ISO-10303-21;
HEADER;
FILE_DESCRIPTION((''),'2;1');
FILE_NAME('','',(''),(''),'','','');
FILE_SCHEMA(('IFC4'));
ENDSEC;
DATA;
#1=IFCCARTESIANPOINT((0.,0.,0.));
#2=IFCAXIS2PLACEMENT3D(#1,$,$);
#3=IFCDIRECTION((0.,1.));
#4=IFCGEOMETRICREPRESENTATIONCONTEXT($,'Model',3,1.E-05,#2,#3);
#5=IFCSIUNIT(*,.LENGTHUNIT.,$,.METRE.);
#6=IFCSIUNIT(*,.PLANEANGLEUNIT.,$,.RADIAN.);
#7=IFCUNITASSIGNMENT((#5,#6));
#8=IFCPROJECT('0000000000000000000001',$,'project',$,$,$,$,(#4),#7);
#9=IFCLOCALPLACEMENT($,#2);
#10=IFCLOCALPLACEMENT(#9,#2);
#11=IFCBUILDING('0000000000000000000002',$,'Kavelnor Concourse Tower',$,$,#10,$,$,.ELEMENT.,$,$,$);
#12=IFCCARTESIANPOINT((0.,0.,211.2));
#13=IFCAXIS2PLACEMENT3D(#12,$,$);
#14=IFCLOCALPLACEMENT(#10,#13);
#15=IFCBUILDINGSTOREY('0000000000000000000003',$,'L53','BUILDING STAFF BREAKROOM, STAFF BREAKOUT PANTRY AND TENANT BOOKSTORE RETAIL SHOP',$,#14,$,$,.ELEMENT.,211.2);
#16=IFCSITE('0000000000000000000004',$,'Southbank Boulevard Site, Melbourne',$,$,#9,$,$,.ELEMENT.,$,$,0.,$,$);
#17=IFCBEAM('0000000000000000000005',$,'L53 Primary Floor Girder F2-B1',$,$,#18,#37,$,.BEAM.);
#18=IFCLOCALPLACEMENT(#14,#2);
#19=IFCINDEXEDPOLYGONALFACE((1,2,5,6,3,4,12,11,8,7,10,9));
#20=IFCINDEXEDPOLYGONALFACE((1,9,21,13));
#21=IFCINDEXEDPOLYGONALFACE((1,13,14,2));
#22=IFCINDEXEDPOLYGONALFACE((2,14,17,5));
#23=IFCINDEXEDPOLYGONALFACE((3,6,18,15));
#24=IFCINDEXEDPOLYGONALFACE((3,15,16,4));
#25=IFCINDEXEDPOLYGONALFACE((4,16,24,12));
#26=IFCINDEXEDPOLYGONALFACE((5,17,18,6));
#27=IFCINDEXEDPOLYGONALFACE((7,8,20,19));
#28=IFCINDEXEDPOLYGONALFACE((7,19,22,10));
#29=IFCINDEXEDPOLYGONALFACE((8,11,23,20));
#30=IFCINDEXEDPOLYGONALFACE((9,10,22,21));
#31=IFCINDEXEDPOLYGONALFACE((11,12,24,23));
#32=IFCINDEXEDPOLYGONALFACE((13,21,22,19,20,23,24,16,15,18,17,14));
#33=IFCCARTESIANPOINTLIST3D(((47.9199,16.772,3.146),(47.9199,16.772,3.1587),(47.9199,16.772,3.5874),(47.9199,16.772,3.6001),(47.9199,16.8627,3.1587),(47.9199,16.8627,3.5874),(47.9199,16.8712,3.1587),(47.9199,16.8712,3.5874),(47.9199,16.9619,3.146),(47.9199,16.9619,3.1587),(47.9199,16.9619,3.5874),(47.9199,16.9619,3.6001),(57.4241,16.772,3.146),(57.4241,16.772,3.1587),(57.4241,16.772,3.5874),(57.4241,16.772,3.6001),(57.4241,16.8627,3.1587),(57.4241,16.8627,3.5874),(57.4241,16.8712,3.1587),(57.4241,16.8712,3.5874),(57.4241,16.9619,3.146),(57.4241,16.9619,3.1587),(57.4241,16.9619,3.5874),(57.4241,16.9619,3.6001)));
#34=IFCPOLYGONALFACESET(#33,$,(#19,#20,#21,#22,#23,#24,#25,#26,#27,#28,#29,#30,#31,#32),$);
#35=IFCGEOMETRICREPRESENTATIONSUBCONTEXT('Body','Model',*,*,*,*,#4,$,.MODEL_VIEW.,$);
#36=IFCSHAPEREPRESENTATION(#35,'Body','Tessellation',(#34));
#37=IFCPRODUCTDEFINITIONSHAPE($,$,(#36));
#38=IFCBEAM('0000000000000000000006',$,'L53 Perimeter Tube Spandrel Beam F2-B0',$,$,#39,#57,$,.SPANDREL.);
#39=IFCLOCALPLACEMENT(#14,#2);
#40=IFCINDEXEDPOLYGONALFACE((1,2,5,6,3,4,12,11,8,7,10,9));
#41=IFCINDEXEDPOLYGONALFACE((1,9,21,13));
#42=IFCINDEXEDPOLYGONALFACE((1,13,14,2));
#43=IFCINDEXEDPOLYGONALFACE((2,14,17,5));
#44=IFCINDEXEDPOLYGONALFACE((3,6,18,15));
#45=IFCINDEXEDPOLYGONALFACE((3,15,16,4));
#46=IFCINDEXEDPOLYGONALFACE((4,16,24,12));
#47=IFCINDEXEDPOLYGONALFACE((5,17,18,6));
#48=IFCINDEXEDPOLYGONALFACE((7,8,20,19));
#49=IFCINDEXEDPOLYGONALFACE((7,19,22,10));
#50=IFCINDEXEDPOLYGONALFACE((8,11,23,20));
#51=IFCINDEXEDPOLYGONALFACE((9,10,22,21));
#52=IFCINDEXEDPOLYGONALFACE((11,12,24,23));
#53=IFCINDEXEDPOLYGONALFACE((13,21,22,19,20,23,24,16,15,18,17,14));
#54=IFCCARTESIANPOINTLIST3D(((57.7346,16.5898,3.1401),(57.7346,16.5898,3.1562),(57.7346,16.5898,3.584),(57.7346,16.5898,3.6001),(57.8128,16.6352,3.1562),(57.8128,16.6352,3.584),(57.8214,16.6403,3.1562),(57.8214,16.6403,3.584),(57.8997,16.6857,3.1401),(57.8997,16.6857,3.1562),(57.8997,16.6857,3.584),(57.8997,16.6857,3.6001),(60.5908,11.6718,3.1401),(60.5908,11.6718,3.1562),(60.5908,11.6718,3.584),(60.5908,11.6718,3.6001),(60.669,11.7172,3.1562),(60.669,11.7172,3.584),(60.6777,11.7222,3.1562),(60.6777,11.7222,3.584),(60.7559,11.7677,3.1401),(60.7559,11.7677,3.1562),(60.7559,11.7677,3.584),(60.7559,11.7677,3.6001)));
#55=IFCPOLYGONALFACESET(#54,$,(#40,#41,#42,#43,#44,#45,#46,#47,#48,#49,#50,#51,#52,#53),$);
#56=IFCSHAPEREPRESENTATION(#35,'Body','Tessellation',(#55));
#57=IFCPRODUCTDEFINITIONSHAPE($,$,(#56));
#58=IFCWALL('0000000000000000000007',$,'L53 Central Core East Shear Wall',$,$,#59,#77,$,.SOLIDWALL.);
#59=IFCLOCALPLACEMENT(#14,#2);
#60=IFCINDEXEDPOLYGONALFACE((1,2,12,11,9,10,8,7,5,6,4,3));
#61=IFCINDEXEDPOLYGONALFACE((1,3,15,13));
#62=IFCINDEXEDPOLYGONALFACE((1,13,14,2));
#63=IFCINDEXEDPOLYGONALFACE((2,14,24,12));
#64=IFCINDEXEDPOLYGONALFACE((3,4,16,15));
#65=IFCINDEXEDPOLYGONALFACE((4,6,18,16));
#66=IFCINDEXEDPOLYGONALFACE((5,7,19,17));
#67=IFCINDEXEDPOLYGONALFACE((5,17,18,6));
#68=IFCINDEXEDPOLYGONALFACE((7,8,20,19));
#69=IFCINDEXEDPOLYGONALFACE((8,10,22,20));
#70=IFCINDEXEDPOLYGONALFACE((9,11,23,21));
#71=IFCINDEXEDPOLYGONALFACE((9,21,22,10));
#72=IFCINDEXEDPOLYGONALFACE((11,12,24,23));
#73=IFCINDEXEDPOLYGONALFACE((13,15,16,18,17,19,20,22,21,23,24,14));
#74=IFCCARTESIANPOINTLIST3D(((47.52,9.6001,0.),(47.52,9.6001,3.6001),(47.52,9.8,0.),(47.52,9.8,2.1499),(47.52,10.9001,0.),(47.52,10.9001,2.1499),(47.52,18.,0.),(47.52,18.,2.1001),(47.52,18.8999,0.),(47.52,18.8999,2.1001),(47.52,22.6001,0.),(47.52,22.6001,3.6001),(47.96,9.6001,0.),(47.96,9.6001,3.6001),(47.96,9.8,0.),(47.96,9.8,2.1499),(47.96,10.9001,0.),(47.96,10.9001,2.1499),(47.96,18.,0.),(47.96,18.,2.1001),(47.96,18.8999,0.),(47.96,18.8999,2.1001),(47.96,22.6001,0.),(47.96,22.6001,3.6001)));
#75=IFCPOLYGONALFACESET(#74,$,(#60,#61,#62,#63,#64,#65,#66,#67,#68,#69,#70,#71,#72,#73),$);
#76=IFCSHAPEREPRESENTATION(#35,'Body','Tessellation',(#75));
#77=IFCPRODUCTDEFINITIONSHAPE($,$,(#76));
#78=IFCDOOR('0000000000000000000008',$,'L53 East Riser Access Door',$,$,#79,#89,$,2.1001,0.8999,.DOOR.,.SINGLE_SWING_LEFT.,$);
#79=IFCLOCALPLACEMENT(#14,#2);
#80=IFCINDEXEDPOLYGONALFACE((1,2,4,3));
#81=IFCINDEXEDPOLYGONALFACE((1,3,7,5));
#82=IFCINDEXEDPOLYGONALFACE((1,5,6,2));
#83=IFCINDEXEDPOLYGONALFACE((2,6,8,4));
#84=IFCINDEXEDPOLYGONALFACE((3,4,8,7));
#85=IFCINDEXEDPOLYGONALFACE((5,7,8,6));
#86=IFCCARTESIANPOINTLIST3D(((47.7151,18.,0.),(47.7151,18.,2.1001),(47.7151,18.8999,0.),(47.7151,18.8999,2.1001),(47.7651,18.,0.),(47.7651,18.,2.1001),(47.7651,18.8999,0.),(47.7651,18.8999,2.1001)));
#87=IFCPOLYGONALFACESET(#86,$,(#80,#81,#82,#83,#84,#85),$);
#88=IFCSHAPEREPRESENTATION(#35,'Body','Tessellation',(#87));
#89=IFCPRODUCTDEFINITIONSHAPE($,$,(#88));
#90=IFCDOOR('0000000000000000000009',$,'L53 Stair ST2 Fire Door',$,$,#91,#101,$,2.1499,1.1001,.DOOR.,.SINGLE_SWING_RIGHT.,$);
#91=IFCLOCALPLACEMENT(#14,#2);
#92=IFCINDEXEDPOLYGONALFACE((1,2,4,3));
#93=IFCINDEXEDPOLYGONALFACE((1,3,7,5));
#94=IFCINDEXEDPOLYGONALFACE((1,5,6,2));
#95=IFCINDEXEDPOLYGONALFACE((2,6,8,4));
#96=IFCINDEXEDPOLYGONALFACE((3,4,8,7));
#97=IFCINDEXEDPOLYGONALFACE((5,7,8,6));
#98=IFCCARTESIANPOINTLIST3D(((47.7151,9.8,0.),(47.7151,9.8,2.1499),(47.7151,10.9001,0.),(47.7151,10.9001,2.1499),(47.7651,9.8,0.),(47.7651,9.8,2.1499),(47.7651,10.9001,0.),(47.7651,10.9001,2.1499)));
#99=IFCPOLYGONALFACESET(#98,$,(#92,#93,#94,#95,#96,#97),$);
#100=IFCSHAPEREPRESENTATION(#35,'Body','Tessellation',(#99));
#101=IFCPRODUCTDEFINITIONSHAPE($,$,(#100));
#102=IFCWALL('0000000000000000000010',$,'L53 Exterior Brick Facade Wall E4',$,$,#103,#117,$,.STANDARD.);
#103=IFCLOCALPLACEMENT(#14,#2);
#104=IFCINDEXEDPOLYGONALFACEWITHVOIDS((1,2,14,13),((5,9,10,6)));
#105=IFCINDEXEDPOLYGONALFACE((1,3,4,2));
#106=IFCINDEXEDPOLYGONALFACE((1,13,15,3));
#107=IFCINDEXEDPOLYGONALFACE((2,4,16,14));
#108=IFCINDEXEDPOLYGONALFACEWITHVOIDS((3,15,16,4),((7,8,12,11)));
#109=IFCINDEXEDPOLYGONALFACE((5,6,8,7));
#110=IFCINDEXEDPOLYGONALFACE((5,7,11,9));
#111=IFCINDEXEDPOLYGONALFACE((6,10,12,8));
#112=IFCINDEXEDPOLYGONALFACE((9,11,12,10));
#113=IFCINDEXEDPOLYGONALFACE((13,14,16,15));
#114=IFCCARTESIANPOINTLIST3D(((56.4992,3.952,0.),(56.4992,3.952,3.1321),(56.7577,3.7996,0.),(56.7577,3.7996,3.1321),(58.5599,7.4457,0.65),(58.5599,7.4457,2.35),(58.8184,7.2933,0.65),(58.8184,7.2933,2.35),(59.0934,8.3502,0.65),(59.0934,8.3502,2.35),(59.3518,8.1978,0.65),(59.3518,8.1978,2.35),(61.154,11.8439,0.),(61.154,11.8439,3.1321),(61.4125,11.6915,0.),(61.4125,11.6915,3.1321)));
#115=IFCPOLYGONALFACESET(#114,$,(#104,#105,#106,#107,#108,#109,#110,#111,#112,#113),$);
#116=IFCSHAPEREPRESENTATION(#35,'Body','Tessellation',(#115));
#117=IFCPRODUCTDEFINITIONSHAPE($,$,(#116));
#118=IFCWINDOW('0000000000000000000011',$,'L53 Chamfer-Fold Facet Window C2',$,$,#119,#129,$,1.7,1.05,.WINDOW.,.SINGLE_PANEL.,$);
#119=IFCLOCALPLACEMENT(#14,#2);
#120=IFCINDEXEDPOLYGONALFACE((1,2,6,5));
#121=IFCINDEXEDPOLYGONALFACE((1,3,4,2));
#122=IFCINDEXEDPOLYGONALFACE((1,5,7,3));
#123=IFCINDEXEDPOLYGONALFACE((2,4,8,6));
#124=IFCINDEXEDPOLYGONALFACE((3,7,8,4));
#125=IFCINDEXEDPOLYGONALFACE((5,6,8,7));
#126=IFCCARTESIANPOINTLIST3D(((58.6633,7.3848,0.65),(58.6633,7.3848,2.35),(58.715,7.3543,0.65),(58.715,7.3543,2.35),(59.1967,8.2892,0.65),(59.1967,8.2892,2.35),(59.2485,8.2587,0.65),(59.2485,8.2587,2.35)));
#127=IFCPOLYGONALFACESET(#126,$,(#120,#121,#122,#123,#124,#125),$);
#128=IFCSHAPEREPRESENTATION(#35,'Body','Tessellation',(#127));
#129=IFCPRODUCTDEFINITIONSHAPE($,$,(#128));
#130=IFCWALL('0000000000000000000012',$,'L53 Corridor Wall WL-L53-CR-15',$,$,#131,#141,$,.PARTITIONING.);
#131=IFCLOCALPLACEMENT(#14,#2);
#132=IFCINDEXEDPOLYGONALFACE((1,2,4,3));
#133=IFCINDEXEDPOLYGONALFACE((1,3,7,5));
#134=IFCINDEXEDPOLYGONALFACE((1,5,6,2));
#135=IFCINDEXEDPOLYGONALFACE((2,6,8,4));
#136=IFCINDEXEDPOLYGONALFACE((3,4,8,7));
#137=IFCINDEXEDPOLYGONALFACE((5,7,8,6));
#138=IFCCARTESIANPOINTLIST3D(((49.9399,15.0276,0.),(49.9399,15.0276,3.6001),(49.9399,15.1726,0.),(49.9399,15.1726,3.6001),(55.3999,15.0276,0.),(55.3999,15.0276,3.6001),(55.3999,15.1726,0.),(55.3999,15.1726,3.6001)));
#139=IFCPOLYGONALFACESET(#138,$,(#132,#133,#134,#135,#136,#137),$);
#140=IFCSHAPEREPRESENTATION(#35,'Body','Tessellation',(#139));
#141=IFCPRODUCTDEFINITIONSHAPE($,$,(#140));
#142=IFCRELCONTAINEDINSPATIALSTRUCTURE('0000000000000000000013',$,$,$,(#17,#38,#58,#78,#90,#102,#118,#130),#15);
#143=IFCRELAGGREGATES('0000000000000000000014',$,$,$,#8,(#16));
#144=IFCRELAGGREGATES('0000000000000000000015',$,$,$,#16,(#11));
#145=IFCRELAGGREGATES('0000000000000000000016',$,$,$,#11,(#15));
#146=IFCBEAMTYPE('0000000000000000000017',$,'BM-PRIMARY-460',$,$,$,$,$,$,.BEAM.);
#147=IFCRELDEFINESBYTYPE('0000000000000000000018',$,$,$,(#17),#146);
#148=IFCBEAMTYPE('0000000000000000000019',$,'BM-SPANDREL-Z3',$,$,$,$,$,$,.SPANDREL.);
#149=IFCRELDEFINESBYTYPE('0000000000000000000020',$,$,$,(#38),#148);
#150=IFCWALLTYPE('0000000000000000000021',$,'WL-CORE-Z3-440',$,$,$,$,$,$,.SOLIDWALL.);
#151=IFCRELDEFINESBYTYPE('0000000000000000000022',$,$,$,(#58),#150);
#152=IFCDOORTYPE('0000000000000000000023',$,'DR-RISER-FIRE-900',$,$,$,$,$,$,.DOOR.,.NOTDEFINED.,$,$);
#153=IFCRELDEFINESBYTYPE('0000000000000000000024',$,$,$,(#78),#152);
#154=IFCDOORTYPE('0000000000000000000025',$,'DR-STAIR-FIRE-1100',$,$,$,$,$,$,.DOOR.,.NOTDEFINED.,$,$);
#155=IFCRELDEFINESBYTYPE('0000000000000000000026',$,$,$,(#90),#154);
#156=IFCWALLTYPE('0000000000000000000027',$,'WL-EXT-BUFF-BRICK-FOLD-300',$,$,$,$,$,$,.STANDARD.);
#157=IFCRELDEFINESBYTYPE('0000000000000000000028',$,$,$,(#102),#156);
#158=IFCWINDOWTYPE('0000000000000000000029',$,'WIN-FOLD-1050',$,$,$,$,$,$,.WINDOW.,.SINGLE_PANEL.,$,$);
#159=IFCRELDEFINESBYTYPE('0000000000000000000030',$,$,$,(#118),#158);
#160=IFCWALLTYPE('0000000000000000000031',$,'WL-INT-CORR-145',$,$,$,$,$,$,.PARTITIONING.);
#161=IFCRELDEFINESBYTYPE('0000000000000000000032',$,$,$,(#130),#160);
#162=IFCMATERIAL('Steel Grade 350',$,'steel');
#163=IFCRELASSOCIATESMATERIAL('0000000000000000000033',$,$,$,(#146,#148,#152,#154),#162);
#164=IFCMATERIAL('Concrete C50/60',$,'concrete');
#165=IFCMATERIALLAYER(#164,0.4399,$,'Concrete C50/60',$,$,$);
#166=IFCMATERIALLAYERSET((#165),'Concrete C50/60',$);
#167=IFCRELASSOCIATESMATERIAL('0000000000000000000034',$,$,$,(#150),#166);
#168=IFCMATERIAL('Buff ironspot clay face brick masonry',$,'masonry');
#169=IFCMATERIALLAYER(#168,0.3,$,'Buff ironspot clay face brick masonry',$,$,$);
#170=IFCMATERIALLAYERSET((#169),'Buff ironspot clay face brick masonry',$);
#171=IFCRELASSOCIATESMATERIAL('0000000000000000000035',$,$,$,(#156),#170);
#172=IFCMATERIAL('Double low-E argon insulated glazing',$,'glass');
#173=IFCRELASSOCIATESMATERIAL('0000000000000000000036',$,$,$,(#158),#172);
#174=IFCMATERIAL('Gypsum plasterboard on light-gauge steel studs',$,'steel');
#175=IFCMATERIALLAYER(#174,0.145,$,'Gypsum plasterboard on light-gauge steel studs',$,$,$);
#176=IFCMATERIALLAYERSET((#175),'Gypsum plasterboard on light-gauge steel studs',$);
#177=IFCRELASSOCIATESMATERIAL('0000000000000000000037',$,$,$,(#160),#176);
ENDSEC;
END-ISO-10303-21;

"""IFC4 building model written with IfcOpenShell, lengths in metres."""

from ifc_helpers import new_model, si_unit, direction, frame, frame_2d, origin, origin_2d, place, context, subcontext, project, spatial, rectangle, i_section, extrude, material, layer, layer_set, material_profile, profile_set, type_object, element, fill, save


model = new_model("IFC4")

# Units and contexts
model_context = context("Model", 3, precision=1e-05, world=origin(), true_north=direction((0.0, 1.0)))
body_context = subcontext(model_context, "Body", "Model", "MODEL_VIEW")
ifc_project = project(units=[si_unit("LENGTHUNIT", "METRE"), si_unit("PLANEANGLEUNIT", "RADIAN")], contexts=[model_context])

# Site, building, storey
site_placement = place(None, origin())
site = spatial("IfcSite", under=ifc_project, at=site_placement, Name="Southbank Boulevard Site, Melbourne", CompositionType="ELEMENT", RefElevation=0.0)
building_placement = place(site_placement, origin())
building = spatial("IfcBuilding", under=site, at=building_placement, Name="Kavelnor Concourse Tower", CompositionType="ELEMENT")
storey_placement = place(building_placement, frame((0.0, 0.0, 211.2)))
storey = spatial("IfcBuildingStorey", under=building, at=storey_placement, Name="L53", Description="BUILDING STAFF BREAKROOM, STAFF BREAKOUT PANTRY AND TENANT BOOKSTORE RETAIL SHOP", CompositionType="ELEMENT", Elevation=211.2)

# Shared definitions
ifc_material_1 = material(Name="Steel Grade 350", Category="steel")

# Beams
ifc_material_profile_1 = material_profile(ifc_material_1, i_section(OverallWidth=0.1899, OverallDepth=0.4541, WebThickness=0.0085, FlangeThickness=0.0127, at=origin_2d()), Name="460UB67")
ifc_profile_set_1 = profile_set([ifc_material_profile_1], Name="Steel Grade 350")
beam_type_1 = type_object("IfcBeamType", Name="BM-PRIMARY-460", PredefinedType="BEAM", material=ifc_profile_set_1)
beam_1_placement = place(storey_placement, frame((47.9199, 16.8669, 3.373), z_axis=(1.0, 0.0, 0.0), x_axis=(0.0, 1.0, 0.0)))
element("IfcBeam", 1, at=beam_1_placement, inside=storey, type_object=beam_type_1, Name="L53 Primary Floor Girder F2-B1", PredefinedType="BEAM", context=body_context, shape_type="SweptSolid", body=[
    extrude(i_section(OverallWidth=0.1899, OverallDepth=0.4541, WebThickness=0.0085, FlangeThickness=0.0127, at=origin_2d()), origin(), (0.0, 0.0, 1.0), 9.5042),
])
ifc_material_profile_2 = material_profile(ifc_material_1, i_section(OverallWidth=0.1909, OverallDepth=0.46, WebThickness=0.01, FlangeThickness=0.0161, at=origin_2d()), Name="460UB82")
ifc_profile_set_2 = profile_set([ifc_material_profile_2], Name="Steel Grade 350")
beam_type_2 = type_object("IfcBeamType", Name="BM-SPANDREL-Z3", PredefinedType="SPANDREL", material=ifc_profile_set_2)
beam_2_placement = place(storey_placement, frame((60.6733, 11.7197, 3.3701), z_axis=(-0.502215, 0.864743, 0.0), x_axis=(-0.864743, -0.502215, 0.0)))
element("IfcBeam", 2, at=beam_2_placement, inside=storey, type_object=beam_type_2, Name="L53 Perimeter Tube Spandrel Beam F2-B0", PredefinedType="SPANDREL", context=body_context, shape_type="SweptSolid", body=[
    extrude(i_section(OverallWidth=0.1909, OverallDepth=0.46, WebThickness=0.01, FlangeThickness=0.0161, at=origin_2d()), origin(), (0.0, 0.0, 1.0), 5.6873),
])

# Wall, openings, doors
ifc_material_2 = material(Name="Concrete C50/60", Category="concrete")
ifc_layer_1 = layer(ifc_material_2, 0.4399, Name="Concrete C50/60")
ifc_layer_set_1 = layer_set([ifc_layer_1], Name="Concrete C50/60")
wall_type_1 = type_object("IfcWallType", Name="WL-CORE-Z3-440", PredefinedType="SOLIDWALL", material=ifc_layer_set_1)
wall_1_placement = place(storey_placement, frame((47.74, 9.6001, 0.0), z_axis=(0.0, 0.0, 1.0), x_axis=(0.0, 1.0, 0.0)))
wall_1 = element("IfcWall", 3, at=wall_1_placement, inside=storey, type_object=wall_type_1, Name="L53 Central Core East Shear Wall", PredefinedType="SOLIDWALL", context=body_context, shape_type="SweptSolid", body=[
    extrude(rectangle(XDim=13.0, YDim=0.4399, at=frame_2d((6.5, 0.0))), origin(), (0.0, 0.0, 1.0), 3.6001),
])
opening_1_placement = place(wall_1_placement, frame((0.2, 0.0, 0.0)))
opening_1 = element("IfcOpeningElement", 4, at=opening_1_placement, cuts=wall_1, PredefinedType="OPENING", context=body_context, shape_type="SweptSolid", body=[
    extrude(rectangle(XDim=1.1001, YDim=2.1499, at=frame_2d((0.55, 1.075))), frame((0.0, 0.23, 0.0), z_axis=(0.0, -1.0, 0.0), x_axis=(1.0, 0.0, 0.0)), (0.0, 0.0, 1.0), 0.46),
])
opening_2_placement = place(wall_1_placement, frame((8.3999, 0.0, 0.0)))
opening_2 = element("IfcOpeningElement", 5, at=opening_2_placement, cuts=wall_1, PredefinedType="OPENING", context=body_context, shape_type="SweptSolid", body=[
    extrude(rectangle(XDim=0.8999, YDim=2.1001, at=frame_2d((0.45, 1.05))), frame((0.0, 0.23, 0.0), z_axis=(0.0, -1.0, 0.0), x_axis=(1.0, 0.0, 0.0)), (0.0, 0.0, 1.0), 0.46),
])
door_type_1 = type_object("IfcDoorType", Name="DR-RISER-FIRE-900", OperationType="NOTDEFINED", PredefinedType="DOOR", material=ifc_material_1)
door_1_placement = place(opening_2_placement, origin())
door_1 = element("IfcDoor", 6, at=door_1_placement, inside=storey, type_object=door_type_1, Name="L53 East Riser Access Door", OperationType="SINGLE_SWING_LEFT", OverallHeight=2.1001, OverallWidth=0.8999, PredefinedType="DOOR", context=body_context, shape_type="SweptSolid", body=[
    extrude(rectangle(XDim=0.8999, YDim=2.1001, at=frame_2d((0.45, 1.05))), frame((0.0, 0.0249, 0.0), z_axis=(0.0, -1.0, 0.0), x_axis=(1.0, 0.0, 0.0)), (0.0, 0.0, 1.0), 0.05),
])
fill(opening_2, door_1)
door_type_2 = type_object("IfcDoorType", Name="DR-STAIR-FIRE-1100", OperationType="NOTDEFINED", PredefinedType="DOOR", material=ifc_material_1)
door_2_placement = place(opening_1_placement, origin())
door_2 = element("IfcDoor", 7, at=door_2_placement, inside=storey, type_object=door_type_2, Name="L53 Stair ST2 Fire Door", OperationType="SINGLE_SWING_RIGHT", OverallHeight=2.1499, OverallWidth=1.1001, PredefinedType="DOOR", context=body_context, shape_type="SweptSolid", body=[
    extrude(rectangle(XDim=1.1001, YDim=2.1499, at=frame_2d((0.55, 1.075))), frame((0.0, 0.0249, 0.0), z_axis=(0.0, -1.0, 0.0), x_axis=(1.0, 0.0, 0.0)), (0.0, 0.0, 1.0), 0.05),
])
fill(opening_1, door_2)

# Wall, opening, window
ifc_material_3 = material(Name="Buff ironspot clay face brick masonry", Category="masonry")
ifc_layer_2 = layer(ifc_material_3, 0.3, Name="Buff ironspot clay face brick masonry")
ifc_layer_set_2 = layer_set([ifc_layer_2], Name="Buff ironspot clay face brick masonry")
wall_type_2 = type_object("IfcWallType", Name="WL-EXT-BUFF-BRICK-FOLD-300", PredefinedType="STANDARD", material=ifc_layer_set_2)
wall_2_placement = place(storey_placement, frame((61.2832, 11.7676, 0.0), z_axis=(0.0, 0.0, 1.0), x_axis=(-0.508035, -0.861336, 0.0)))
wall_2 = element("IfcWall", 8, at=wall_2_placement, inside=storey, type_object=wall_type_2, Name="L53 Exterior Brick Facade Wall E4", PredefinedType="STANDARD", context=body_context, shape_type="SweptSolid", body=[
    extrude(rectangle(XDim=9.1624, YDim=0.3, at=frame_2d((4.5811, 0.0))), origin(), (0.0, 0.0, 1.0), 3.1321),
])
opening_3_placement = place(wall_2_placement, frame((4.0562, 0.0, 0.6499)))
opening_3 = element("IfcOpeningElement", 9, at=opening_3_placement, cuts=wall_2, PredefinedType="OPENING", context=body_context, shape_type="SweptSolid", body=[
    extrude(rectangle(XDim=1.05, YDim=1.7, at=frame_2d((0.5249, 0.8501))), frame((0.0, 0.1602, 0.0), z_axis=(0.0, -1.0, 0.0), x_axis=(1.0, 0.0, 0.0)), (0.0, 0.0, 1.0), 0.3201),
])
ifc_material_4 = material(Name="Double low-E argon insulated glazing", Category="glass")
window_type = type_object("IfcWindowType", Name="WIN-FOLD-1050", PartitioningType="SINGLE_PANEL", PredefinedType="WINDOW", material=ifc_material_4)
window_placement = place(opening_3_placement, origin())
window = element("IfcWindow", 10, at=window_placement, inside=storey, type_object=window_type, Name="L53 Chamfer-Fold Facet Window C2", OverallHeight=1.7, OverallWidth=1.05, PartitioningType="SINGLE_PANEL", PredefinedType="WINDOW", context=body_context, shape_type="SweptSolid", body=[
    extrude(rectangle(XDim=1.05, YDim=1.7, at=frame_2d((0.5249, 0.8501))), frame((0.0, 0.03, 0.0), z_axis=(0.0, -1.0, 0.0), x_axis=(1.0, 0.0, 0.0)), (0.0, 0.0, 1.0), 0.0601),
])
fill(opening_3, window)

# Wall
ifc_material_5 = material(Name="Gypsum plasterboard on light-gauge steel studs", Category="steel")
ifc_layer_3 = layer(ifc_material_5, 0.145, Name="Gypsum plasterboard on light-gauge steel studs")
ifc_layer_set_3 = layer_set([ifc_layer_3], Name="Gypsum plasterboard on light-gauge steel studs")
wall_type_3 = type_object("IfcWallType", Name="WL-INT-CORR-145", PredefinedType="PARTITIONING", material=ifc_layer_set_3)
wall_3_placement = place(storey_placement, frame((55.3999, 15.1001, 0.0), z_axis=(0.0, 0.0, 1.0), x_axis=(-1.0, 0.0, 0.0)))
element("IfcWall", 11, at=wall_3_placement, inside=storey, type_object=wall_type_3, Name="L53 Corridor Wall WL-L53-CR-15", PredefinedType="PARTITIONING", context=body_context, shape_type="SweptSolid", body=[
    extrude(rectangle(XDim=5.46, YDim=0.145, at=frame_2d((2.73, 0.0))), origin(), (0.0, 0.0, 1.0), 3.6001),
])

save(model, "model.ifc")
